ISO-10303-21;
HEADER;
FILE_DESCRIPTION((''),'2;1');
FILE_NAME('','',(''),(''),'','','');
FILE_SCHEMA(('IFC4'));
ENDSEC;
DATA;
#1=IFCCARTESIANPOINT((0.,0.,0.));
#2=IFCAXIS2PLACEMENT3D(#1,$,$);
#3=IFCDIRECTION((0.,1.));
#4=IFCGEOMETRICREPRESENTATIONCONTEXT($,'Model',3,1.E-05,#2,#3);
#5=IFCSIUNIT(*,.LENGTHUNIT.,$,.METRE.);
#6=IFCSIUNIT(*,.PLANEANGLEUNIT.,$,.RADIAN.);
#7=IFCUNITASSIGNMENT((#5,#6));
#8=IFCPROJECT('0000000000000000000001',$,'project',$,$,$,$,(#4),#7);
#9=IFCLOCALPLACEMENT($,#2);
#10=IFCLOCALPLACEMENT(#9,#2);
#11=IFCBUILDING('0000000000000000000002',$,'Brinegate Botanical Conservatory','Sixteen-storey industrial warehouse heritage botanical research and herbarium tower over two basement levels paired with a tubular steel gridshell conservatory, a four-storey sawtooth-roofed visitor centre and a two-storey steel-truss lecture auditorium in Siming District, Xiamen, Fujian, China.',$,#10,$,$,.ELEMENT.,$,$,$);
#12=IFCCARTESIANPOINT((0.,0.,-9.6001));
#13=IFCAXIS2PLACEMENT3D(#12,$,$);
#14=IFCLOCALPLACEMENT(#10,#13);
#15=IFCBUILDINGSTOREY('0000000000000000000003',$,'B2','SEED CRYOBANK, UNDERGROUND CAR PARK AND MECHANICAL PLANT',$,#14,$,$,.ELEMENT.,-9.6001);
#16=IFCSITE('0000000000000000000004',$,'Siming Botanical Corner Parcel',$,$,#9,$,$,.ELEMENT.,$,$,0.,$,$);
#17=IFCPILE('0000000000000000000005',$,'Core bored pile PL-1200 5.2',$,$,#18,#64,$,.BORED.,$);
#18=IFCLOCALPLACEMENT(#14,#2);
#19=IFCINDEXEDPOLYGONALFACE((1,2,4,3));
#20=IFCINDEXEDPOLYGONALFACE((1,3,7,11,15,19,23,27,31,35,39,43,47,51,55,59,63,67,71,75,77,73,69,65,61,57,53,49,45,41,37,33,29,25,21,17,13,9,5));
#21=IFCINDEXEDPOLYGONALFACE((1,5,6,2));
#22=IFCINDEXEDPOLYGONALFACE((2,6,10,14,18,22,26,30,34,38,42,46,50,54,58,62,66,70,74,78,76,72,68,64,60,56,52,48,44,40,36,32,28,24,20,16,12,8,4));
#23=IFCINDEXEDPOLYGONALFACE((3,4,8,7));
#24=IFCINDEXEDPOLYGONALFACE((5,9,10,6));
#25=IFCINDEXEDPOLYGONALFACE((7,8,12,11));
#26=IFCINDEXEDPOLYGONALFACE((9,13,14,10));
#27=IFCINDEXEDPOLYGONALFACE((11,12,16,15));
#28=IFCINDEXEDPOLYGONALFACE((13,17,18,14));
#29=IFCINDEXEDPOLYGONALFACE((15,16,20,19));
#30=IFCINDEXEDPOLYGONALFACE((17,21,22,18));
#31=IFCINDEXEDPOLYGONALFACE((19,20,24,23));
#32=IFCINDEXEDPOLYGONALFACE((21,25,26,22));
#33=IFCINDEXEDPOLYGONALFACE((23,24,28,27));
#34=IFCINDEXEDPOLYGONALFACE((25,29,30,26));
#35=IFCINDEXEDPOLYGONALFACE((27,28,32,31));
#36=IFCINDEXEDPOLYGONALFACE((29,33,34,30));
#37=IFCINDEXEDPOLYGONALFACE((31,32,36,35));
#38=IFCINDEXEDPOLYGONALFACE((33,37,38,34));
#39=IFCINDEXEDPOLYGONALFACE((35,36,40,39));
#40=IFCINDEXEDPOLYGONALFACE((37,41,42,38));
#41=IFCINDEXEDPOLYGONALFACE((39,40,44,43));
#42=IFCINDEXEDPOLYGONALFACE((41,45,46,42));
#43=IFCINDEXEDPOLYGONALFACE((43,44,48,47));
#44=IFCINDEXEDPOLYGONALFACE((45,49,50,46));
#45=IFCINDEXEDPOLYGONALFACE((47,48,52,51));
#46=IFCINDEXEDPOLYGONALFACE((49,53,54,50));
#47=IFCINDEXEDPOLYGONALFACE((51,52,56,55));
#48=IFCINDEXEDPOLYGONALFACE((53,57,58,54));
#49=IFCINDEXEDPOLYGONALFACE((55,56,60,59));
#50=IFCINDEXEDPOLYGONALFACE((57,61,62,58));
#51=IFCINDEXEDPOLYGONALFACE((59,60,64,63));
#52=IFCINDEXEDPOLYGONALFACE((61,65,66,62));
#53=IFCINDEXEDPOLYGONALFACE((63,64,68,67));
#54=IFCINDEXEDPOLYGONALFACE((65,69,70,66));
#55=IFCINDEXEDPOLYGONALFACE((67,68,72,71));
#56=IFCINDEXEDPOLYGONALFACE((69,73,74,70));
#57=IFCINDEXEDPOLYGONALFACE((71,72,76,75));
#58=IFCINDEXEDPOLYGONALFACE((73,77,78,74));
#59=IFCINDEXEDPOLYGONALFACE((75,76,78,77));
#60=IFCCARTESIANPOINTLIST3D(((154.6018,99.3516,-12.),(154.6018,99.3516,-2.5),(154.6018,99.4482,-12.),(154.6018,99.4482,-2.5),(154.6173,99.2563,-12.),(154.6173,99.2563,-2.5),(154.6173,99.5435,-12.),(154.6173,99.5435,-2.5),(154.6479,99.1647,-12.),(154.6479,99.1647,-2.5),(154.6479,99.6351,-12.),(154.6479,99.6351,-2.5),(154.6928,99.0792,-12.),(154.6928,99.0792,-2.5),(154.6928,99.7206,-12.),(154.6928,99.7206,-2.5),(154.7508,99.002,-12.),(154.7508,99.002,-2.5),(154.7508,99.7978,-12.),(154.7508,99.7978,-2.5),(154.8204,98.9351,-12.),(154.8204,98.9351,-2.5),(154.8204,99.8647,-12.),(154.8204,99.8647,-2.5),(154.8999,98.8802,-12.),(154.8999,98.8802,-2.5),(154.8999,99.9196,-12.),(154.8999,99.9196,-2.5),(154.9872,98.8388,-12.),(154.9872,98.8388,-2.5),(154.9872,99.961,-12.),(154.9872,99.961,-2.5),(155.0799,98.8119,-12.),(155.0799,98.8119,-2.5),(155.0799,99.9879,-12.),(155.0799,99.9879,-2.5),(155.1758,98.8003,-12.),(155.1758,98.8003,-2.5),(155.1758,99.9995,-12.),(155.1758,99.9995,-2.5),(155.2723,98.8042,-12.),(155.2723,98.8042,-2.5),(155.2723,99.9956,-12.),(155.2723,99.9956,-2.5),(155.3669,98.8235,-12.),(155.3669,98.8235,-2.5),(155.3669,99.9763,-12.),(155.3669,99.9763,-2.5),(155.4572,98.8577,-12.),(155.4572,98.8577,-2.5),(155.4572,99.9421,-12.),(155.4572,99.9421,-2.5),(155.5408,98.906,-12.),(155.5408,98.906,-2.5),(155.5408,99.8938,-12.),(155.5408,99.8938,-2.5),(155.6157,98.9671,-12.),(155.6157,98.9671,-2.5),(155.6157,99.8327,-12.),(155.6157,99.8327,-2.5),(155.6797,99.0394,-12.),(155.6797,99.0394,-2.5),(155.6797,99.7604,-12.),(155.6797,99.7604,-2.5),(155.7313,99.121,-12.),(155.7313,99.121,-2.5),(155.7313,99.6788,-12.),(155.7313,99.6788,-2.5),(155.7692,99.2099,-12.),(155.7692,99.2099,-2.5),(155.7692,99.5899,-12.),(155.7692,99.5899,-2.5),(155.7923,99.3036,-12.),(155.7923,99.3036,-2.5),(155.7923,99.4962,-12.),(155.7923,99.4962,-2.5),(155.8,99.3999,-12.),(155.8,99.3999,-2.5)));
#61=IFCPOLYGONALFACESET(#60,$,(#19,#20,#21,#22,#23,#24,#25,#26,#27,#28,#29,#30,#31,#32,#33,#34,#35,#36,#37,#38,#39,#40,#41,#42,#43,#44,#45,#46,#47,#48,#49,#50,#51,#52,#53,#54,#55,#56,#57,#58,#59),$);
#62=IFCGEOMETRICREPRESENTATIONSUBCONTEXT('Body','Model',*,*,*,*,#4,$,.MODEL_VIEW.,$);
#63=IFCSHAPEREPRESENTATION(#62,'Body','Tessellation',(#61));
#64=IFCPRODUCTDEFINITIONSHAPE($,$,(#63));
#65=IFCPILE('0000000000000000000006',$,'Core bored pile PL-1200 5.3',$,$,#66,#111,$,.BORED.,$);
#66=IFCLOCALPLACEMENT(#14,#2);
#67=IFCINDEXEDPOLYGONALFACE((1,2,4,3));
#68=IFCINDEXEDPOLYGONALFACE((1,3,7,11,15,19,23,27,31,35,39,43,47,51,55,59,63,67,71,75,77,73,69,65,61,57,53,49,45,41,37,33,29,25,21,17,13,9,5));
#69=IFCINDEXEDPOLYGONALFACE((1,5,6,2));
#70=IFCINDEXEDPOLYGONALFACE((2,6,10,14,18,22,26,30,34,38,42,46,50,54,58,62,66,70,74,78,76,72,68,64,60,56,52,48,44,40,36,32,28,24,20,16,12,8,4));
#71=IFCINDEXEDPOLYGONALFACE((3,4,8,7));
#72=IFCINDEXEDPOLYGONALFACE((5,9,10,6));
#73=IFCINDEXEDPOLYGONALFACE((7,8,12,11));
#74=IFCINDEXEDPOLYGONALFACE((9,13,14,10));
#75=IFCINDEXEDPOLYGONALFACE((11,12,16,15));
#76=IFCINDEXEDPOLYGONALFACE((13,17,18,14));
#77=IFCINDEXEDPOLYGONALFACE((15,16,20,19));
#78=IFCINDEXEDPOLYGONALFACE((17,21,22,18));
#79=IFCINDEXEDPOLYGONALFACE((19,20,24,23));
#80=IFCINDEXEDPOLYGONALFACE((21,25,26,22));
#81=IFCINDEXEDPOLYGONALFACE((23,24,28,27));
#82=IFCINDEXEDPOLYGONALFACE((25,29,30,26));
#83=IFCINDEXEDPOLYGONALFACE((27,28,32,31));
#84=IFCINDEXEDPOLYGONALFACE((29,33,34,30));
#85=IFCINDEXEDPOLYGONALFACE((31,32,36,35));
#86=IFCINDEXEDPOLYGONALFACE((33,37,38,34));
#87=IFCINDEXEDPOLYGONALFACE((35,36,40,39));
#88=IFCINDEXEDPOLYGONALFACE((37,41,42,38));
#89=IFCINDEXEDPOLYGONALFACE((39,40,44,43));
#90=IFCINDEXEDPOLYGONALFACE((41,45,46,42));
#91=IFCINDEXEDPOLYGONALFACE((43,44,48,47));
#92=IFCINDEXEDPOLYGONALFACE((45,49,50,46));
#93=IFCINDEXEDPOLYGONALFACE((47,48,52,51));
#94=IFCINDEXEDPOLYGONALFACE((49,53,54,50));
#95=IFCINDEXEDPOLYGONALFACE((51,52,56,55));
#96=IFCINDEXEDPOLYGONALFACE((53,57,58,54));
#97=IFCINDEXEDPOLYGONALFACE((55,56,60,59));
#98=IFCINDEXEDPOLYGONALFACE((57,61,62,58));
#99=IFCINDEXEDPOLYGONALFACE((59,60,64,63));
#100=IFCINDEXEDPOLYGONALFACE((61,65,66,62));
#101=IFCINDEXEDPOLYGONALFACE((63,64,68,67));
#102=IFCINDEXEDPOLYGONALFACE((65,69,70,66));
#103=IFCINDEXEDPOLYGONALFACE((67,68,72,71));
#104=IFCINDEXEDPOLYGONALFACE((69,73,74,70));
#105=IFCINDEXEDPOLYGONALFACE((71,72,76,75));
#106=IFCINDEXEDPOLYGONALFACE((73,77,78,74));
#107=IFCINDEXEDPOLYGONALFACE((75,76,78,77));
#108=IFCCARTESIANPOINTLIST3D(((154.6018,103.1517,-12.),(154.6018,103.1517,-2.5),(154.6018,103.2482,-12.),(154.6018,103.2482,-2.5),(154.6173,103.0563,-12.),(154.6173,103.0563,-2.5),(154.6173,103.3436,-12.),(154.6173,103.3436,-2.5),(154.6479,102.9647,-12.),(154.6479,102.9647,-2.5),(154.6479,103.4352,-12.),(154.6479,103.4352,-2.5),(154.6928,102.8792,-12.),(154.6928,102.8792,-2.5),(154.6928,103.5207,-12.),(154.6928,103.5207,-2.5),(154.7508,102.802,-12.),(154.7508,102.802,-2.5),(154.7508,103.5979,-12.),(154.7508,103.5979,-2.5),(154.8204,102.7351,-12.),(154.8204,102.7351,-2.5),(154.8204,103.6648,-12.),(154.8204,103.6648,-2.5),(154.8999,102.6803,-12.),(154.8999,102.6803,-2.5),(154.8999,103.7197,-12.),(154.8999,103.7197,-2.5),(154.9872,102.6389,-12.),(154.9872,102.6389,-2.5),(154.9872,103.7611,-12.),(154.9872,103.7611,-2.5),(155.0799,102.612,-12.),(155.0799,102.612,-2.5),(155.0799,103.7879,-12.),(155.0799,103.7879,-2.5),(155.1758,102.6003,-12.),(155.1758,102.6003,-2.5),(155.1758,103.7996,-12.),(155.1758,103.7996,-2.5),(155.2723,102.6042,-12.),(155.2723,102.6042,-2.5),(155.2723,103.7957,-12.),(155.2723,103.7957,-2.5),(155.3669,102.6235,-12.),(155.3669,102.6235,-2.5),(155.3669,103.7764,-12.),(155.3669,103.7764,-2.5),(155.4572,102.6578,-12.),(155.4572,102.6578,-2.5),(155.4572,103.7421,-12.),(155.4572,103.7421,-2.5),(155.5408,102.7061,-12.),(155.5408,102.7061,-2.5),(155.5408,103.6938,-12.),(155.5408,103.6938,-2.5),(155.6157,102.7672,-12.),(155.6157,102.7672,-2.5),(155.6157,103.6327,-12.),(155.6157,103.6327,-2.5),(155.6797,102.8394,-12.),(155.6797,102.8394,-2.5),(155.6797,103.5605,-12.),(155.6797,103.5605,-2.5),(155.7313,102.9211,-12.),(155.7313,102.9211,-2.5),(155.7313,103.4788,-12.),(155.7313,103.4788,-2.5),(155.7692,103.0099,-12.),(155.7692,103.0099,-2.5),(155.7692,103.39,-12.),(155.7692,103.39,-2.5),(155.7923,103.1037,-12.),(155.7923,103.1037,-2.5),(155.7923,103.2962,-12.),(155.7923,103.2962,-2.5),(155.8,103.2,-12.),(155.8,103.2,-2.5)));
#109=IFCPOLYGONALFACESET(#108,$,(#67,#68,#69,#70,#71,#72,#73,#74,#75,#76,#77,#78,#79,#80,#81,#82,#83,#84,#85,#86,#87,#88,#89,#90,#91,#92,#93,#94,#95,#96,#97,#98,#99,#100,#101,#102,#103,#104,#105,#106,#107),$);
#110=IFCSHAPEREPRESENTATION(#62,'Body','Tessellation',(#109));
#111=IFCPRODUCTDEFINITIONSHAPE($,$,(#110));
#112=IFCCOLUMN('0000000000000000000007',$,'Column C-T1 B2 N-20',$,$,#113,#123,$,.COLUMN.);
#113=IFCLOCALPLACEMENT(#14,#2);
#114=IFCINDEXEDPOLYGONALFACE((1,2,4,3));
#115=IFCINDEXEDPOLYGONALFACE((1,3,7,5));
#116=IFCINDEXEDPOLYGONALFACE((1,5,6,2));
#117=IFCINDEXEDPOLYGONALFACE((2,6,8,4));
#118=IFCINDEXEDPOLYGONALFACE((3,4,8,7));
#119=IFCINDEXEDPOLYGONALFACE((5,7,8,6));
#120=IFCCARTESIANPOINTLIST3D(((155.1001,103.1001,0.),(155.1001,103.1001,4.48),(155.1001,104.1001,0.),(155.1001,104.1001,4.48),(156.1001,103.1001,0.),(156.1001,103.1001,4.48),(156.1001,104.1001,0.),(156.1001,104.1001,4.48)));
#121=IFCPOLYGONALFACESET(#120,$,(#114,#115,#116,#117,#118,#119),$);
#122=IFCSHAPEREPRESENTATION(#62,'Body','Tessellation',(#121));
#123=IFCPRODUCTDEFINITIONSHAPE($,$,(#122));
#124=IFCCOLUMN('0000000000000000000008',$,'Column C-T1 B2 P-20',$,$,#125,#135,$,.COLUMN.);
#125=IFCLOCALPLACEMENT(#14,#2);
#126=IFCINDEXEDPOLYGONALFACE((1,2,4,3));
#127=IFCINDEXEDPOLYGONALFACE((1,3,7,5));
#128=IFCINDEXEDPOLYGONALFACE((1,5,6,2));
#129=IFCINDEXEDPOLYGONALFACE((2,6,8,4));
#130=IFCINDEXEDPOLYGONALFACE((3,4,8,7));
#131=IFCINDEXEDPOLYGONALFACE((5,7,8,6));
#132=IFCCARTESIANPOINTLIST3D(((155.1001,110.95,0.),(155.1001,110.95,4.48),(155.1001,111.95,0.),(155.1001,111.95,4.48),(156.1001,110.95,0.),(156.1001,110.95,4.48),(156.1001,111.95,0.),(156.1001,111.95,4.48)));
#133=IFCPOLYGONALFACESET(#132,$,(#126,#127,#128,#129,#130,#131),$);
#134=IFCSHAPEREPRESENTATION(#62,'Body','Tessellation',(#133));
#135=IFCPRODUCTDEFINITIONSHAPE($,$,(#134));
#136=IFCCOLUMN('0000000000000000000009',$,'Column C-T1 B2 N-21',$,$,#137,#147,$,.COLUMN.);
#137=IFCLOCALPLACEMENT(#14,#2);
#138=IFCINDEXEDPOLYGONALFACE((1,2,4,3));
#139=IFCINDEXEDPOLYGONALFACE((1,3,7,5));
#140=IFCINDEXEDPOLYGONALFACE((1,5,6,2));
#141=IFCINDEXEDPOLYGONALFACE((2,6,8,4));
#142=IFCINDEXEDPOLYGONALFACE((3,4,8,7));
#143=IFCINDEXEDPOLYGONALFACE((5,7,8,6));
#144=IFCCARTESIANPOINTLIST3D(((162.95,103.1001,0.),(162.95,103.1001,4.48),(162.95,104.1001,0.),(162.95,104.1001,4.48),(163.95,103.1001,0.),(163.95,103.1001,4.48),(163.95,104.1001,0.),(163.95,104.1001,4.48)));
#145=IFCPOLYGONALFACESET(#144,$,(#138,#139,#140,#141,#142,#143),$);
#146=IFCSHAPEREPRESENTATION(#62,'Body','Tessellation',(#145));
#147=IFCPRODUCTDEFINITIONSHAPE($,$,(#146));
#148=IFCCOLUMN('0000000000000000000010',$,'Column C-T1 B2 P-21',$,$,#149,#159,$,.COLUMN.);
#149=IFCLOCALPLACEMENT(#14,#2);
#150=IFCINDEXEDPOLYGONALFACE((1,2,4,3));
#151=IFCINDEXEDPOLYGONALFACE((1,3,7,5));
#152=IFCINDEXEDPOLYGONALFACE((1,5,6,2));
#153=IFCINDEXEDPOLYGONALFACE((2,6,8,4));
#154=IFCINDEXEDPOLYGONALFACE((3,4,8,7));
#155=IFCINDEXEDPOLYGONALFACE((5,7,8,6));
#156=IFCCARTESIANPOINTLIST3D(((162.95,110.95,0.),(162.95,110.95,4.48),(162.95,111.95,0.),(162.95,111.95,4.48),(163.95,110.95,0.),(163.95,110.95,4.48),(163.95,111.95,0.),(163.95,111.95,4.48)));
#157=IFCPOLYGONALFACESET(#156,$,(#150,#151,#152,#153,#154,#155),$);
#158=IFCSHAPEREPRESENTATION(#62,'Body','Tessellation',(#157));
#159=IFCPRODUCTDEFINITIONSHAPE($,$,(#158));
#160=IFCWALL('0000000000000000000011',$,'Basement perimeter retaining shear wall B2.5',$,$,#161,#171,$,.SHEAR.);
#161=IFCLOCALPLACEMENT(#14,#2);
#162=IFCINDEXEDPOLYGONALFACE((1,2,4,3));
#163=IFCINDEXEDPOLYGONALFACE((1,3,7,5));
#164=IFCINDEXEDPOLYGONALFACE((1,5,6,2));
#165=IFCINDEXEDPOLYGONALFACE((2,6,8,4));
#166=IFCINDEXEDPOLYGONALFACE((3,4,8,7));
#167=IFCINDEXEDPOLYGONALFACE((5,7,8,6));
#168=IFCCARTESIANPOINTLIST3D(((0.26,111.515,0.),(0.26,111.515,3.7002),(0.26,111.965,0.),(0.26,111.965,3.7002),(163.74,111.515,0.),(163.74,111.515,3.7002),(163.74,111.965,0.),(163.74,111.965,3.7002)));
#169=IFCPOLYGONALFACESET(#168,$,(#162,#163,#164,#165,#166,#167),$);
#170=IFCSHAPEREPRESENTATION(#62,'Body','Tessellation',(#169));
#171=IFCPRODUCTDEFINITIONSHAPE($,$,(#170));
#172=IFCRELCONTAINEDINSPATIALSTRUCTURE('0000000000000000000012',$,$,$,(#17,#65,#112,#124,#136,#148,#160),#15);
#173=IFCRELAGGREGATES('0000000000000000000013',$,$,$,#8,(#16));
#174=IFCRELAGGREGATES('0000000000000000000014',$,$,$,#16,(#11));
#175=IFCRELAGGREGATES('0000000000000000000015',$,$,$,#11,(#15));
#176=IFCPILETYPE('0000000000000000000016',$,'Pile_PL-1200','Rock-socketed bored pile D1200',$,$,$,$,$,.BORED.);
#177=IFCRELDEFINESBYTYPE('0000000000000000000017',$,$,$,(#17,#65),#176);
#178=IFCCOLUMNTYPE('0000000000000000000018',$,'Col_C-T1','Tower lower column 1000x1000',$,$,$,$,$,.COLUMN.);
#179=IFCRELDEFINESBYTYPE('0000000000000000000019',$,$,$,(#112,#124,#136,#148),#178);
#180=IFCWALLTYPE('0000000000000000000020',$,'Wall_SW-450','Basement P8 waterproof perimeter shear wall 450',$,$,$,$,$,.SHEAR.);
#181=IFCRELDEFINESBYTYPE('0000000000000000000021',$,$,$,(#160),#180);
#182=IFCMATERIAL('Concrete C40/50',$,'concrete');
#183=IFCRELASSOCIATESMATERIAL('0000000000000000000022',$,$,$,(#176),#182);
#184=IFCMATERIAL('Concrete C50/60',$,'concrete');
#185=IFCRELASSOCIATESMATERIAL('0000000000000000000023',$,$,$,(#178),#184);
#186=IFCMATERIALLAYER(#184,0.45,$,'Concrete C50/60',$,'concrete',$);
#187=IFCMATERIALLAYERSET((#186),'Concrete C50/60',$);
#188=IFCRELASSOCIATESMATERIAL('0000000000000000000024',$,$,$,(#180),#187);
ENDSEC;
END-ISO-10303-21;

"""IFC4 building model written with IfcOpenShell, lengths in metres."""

from ifc_helpers import new_model, si_unit, direction, frame, frame_2d, origin, origin_2d, place, context, subcontext, project, spatial, rectangle, circle, extrude, material, layer, layer_set, material_profile, profile_set, type_object, element, save


model = new_model("IFC4")

# Units and contexts
model_context = context("Model", 3, precision=1e-05, world=origin(), true_north=direction((0.0, 1.0)))
body_context = subcontext(model_context, "Body", "Model", "MODEL_VIEW")
ifc_project = project(units=[si_unit("LENGTHUNIT", "METRE"), si_unit("PLANEANGLEUNIT", "RADIAN")], contexts=[model_context])

# Site, building, storey
site_placement = place(None, origin())
site = spatial("IfcSite", under=ifc_project, at=site_placement, Name="Siming Botanical Corner Parcel", CompositionType="ELEMENT", RefElevation=0.0)
building_placement = place(site_placement, origin())
building = spatial("IfcBuilding", under=site, at=building_placement, Name="Brinegate Botanical Conservatory", Description="Sixteen-storey industrial warehouse heritage botanical research and herbarium tower over two basement levels paired with a tubular steel gridshell conservatory, a four-storey sawtooth-roofed visitor centre and a two-storey steel-truss lecture auditorium in Siming District, Xiamen, Fujian, China.", CompositionType="ELEMENT")
storey_placement = place(building_placement, frame((0.0, 0.0, -9.6001)))
storey = spatial("IfcBuildingStorey", under=building, at=storey_placement, Name="B2", Description="SEED CRYOBANK, UNDERGROUND CAR PARK AND MECHANICAL PLANT", CompositionType="ELEMENT", Elevation=-9.6001)

# Shared definitions
ifc_material_1 = material(Name="Concrete C40/50", Category="concrete")

# Piles
ifc_material_profile_1 = material_profile(ifc_material_1, circle(Radius=0.6001, at=origin_2d()), Name="PILE D1200")
ifc_profile_set_1 = profile_set([ifc_material_profile_1], Name="Concrete C40/50")
pile_type_1 = type_object("IfcPileType", Name="Pile_PL-1200", Description="Rock-socketed bored pile D1200", PredefinedType="BORED", material=ifc_profile_set_1)
for number, where, z_axis, x_axis, name in (
    (1, (155.2, 99.3999, -2.5), (0.0, 0.0, -1.0), (1.0, 0.0, 0.0), "Core bored pile PL-1200 5.2"),
    (2, (155.2, 103.2, -2.5), (0.0, 0.0, -1.0), (1.0, 0.0, 0.0), "Core bored pile PL-1200 5.3"),
):
    element("IfcPile", number, at=place(storey_placement, frame(where, z_axis=z_axis, x_axis=x_axis)), inside=storey, type_object=pile_type_1, Name=name, PredefinedType="BORED", context=body_context, shape_type="SweptSolid", body=[
        extrude(circle(Radius=0.6001, at=origin_2d()), origin(), (0.0, 0.0, 1.0), 9.5),
    ])

# Columns
ifc_material_2 = material(Name="Concrete C50/60", Category="concrete")
ifc_material_profile_2 = material_profile(ifc_material_2, rectangle(XDim=1.0, YDim=1.0, at=origin_2d()), Name="RC COL 1000x1000")
ifc_profile_set_2 = profile_set([ifc_material_profile_2], Name="Concrete C50/60")
column_type = type_object("IfcColumnType", Name="Col_C-T1", Description="Tower lower column 1000x1000", PredefinedType="COLUMN", material=ifc_profile_set_2)
for number, where, z_axis, x_axis, name in (
    (3, (155.6001, 103.6001, 0.0), (0.0, 0.0, 1.0), (1.0, 0.0, 0.0), "Column C-T1 B2 N-20"),
    (4, (155.6001, 111.45, 0.0), (0.0, 0.0, 1.0), (1.0, 0.0, 0.0), "Column C-T1 B2 P-20"),
    (5, (163.45, 103.6001, 0.0), (0.0, 0.0, 1.0), (1.0, 0.0, 0.0), "Column C-T1 B2 N-21"),
    (6, (163.45, 111.45, 0.0), (0.0, 0.0, 1.0), (1.0, 0.0, 0.0), "Column C-T1 B2 P-21"),
):
    element("IfcColumn", number, at=place(storey_placement, frame(where, z_axis=z_axis, x_axis=x_axis)), inside=storey, type_object=column_type, Name=name, PredefinedType="COLUMN", context=body_context, shape_type="SweptSolid", body=[
        extrude(rectangle(XDim=1.0, YDim=1.0, at=origin_2d()), origin(), (0.0, 0.0, 1.0), 4.48),
    ])

# Wall
ifc_layer = layer(ifc_material_2, 0.45, Name="Concrete C50/60", Category="concrete")
ifc_layer_set = layer_set([ifc_layer], Name="Concrete C50/60")
wall_type = type_object("IfcWallType", Name="Wall_SW-450", Description="Basement P8 waterproof perimeter shear wall 450", PredefinedType="SHEAR", material=ifc_layer_set)
wall_placement = place(storey_placement, frame((163.74, 111.74, 0.0), z_axis=(0.0, 0.0, 1.0), x_axis=(-1.0, 0.0, 0.0)))
element("IfcWall", 7, at=wall_placement, inside=storey, type_object=wall_type, Name="Basement perimeter retaining shear wall B2.5", PredefinedType="SHEAR", context=body_context, shape_type="SweptSolid", body=[
    extrude(rectangle(XDim=163.48, YDim=0.45, at=frame_2d((81.74, 0.0))), origin(), (0.0, 0.0, 1.0), 3.7002),
])

save(model, "model.ifc")
